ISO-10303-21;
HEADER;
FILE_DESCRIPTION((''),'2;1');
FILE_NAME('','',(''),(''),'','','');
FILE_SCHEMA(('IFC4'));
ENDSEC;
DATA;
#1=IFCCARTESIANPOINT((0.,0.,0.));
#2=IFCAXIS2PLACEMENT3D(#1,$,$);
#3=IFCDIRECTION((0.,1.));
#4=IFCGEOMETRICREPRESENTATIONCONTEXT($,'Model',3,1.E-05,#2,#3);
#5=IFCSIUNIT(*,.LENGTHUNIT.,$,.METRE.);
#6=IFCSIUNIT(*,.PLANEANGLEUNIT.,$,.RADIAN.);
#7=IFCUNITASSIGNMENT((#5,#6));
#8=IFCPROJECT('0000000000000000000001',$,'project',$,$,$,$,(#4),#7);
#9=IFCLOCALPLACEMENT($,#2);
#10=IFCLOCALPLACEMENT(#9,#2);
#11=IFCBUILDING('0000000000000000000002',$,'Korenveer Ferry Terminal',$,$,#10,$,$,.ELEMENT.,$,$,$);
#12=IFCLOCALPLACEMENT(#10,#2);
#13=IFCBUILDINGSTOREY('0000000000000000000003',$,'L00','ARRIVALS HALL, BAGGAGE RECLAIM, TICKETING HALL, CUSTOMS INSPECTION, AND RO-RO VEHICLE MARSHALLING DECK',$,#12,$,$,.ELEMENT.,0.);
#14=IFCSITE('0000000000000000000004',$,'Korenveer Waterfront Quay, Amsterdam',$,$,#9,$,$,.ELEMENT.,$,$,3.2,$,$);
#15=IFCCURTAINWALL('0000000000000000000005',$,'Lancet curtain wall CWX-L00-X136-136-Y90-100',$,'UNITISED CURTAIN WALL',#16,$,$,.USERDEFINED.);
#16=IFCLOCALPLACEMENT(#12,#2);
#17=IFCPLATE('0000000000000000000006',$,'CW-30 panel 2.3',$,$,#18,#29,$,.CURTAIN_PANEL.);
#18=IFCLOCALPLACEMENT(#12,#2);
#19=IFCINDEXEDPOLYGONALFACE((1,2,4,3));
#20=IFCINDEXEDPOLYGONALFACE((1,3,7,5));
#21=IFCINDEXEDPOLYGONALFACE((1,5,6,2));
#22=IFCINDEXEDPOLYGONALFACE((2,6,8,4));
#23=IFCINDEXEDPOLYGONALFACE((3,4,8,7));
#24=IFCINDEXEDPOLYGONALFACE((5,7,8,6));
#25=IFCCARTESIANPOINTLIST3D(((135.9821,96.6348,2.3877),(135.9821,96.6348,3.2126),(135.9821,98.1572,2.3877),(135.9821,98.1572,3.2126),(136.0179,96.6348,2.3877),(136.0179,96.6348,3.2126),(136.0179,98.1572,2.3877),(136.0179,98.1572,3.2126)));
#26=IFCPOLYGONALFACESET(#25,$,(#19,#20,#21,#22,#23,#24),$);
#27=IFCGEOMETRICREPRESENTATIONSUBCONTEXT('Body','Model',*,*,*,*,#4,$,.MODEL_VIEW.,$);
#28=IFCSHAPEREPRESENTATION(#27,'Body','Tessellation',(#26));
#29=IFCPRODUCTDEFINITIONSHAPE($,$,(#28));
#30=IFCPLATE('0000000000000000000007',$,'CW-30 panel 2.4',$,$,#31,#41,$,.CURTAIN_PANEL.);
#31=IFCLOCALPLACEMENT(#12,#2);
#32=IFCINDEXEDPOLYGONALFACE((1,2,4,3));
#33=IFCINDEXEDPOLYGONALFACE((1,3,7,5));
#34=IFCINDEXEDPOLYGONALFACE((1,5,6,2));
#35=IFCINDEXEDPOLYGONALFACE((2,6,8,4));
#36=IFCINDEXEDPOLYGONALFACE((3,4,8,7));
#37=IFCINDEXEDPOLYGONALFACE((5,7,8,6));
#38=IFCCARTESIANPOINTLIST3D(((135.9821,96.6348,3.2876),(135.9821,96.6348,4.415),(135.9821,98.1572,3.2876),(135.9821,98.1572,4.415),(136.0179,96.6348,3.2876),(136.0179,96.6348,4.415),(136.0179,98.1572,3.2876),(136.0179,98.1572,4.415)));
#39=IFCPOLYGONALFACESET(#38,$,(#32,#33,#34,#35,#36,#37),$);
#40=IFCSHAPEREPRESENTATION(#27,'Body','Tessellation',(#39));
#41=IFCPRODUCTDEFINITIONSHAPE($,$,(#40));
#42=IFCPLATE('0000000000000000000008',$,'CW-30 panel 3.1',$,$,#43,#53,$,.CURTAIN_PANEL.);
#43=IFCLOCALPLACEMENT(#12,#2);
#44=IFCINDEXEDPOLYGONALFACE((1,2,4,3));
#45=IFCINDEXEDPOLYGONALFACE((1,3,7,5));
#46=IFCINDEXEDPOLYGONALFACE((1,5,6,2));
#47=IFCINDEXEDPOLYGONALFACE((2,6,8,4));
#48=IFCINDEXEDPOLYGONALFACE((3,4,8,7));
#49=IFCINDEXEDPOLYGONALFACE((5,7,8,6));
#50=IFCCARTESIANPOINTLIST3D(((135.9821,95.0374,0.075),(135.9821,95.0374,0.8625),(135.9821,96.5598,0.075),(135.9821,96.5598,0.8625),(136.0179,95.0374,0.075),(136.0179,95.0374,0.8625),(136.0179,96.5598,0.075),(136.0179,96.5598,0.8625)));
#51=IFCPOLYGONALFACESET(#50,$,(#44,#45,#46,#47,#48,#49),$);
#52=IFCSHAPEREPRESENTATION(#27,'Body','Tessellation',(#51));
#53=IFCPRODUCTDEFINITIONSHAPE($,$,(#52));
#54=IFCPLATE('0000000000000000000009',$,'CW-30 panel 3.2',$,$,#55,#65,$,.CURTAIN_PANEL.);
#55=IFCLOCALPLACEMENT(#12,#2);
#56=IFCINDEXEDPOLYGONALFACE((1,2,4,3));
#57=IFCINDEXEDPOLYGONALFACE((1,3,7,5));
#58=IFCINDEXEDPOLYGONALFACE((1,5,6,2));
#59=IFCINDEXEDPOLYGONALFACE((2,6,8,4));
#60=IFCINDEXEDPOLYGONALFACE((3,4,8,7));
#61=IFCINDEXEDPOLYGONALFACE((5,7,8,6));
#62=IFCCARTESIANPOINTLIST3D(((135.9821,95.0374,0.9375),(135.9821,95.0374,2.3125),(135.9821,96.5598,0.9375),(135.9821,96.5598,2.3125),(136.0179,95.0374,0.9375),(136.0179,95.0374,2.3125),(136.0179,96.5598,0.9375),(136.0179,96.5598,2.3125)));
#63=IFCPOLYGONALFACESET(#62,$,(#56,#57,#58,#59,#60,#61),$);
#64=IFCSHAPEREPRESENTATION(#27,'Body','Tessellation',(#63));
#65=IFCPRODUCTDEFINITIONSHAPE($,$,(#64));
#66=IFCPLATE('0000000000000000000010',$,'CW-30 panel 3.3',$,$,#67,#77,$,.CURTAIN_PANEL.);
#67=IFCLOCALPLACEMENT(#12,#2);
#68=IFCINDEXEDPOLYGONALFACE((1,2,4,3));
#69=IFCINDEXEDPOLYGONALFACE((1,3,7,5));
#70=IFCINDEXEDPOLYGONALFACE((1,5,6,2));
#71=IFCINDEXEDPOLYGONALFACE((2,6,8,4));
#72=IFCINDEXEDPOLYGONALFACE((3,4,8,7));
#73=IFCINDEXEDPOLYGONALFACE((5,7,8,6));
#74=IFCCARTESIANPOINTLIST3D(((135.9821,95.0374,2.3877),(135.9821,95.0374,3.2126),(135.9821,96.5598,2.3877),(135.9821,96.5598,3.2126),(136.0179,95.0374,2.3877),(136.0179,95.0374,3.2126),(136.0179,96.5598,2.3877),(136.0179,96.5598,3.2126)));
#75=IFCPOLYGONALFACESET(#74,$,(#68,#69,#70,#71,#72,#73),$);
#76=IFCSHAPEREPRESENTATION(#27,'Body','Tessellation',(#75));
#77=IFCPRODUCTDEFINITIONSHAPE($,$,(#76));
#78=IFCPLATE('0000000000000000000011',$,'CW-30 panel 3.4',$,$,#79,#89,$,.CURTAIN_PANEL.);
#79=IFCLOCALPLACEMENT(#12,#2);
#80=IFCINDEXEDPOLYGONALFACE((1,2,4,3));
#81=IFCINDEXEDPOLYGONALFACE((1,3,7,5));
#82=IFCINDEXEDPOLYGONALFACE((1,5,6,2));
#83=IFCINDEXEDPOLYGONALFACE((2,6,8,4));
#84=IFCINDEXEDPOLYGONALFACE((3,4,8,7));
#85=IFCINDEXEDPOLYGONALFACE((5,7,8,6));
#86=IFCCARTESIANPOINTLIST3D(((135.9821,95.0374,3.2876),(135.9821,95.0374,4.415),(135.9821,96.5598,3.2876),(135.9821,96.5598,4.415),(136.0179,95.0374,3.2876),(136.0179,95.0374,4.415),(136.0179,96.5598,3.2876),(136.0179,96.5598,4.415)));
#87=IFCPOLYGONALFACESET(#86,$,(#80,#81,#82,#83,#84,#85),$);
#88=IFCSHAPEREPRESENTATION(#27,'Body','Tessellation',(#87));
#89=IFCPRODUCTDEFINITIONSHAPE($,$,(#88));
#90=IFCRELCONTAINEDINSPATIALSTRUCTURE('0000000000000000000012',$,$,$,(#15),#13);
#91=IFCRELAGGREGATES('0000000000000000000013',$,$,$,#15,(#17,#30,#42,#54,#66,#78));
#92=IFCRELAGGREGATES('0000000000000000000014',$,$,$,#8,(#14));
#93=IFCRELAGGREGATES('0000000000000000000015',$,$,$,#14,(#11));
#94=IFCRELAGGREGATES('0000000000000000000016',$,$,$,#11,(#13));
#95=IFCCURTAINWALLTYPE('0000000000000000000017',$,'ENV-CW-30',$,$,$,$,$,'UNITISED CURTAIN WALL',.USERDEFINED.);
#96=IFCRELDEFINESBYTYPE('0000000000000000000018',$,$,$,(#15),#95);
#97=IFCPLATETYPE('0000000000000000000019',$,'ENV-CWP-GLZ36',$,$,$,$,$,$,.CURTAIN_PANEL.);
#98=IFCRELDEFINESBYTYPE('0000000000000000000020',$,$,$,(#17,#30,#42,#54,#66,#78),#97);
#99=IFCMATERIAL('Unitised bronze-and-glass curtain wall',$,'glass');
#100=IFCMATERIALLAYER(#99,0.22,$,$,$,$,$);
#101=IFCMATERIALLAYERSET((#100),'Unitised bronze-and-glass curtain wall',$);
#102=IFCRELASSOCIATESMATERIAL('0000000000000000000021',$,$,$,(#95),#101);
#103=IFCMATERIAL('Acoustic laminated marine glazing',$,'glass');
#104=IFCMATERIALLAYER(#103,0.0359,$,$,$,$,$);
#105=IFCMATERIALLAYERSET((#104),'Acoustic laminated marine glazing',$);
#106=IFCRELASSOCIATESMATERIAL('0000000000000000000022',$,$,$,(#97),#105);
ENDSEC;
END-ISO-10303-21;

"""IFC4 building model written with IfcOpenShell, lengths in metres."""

from ifc_helpers import new_model, si_unit, direction, frame, origin, origin_2d, place, context, subcontext, project, spatial, rectangle, extrude, material, layer, layer_set, type_object, element, aggregate, save


model = new_model("IFC4")

# Units and contexts
model_context = context("Model", 3, precision=1e-05, world=origin(), true_north=direction((0.0, 1.0)))
body_context = subcontext(model_context, "Body", "Model", "MODEL_VIEW")
ifc_project = project(units=[si_unit("LENGTHUNIT", "METRE"), si_unit("PLANEANGLEUNIT", "RADIAN")], contexts=[model_context])

# Site, building, storey
site_placement = place(None, origin())
site = spatial("IfcSite", under=ifc_project, at=site_placement, Name="Korenveer Waterfront Quay, Amsterdam", CompositionType="ELEMENT", RefElevation=3.2)
building_placement = place(site_placement, origin())
building = spatial("IfcBuilding", under=site, at=building_placement, Name="Korenveer Ferry Terminal", CompositionType="ELEMENT")
storey_placement = place(building_placement, origin())
storey = spatial("IfcBuildingStorey", under=building, at=storey_placement, Name="L00", Description="ARRIVALS HALL, BAGGAGE RECLAIM, TICKETING HALL, CUSTOMS INSPECTION, AND RO-RO VEHICLE MARSHALLING DECK", CompositionType="ELEMENT", Elevation=0.0)

# Curtain wall, plates
ifc_material_1 = material(Name="Unitised bronze-and-glass curtain wall", Category="glass")
ifc_layer_1 = layer(ifc_material_1, 0.22)
ifc_layer_set_1 = layer_set([ifc_layer_1], Name="Unitised bronze-and-glass curtain wall")
curtain_wall_type = type_object("IfcCurtainWallType", Name="ENV-CW-30", ElementType="UNITISED CURTAIN WALL", PredefinedType="USERDEFINED", material=ifc_layer_set_1)
curtain_wall_placement = place(storey_placement, frame((136.0, 99.7922, 0.0)))
curtain_wall = element("IfcCurtainWall", 1, at=curtain_wall_placement, inside=storey, type_object=curtain_wall_type, Name="Lancet curtain wall CWX-L00-X136-136-Y90-100", ObjectType="UNITISED CURTAIN WALL", PredefinedType="USERDEFINED")
ifc_material_2 = material(Name="Acoustic laminated marine glazing", Category="glass")
ifc_layer_2 = layer(ifc_material_2, 0.0359)
ifc_layer_set_2 = layer_set([ifc_layer_2], Name="Acoustic laminated marine glazing")
plate_type = type_object("IfcPlateType", Name="ENV-CWP-GLZ36", PredefinedType="CURTAIN_PANEL", material=ifc_layer_set_2)
plate_1_placement = place(storey_placement, frame((136.0, 97.396, 2.3877), z_axis=(0.0, 0.0, 1.0), x_axis=(0.0, -1.0, 0.0)))
plate_1 = element("IfcPlate", 2, at=plate_1_placement, type_object=plate_type, Name="CW-30 panel 2.3", PredefinedType="CURTAIN_PANEL", context=body_context, shape_type="SweptSolid", body=[
    extrude(rectangle(XDim=1.5225, YDim=0.0359, at=origin_2d()), origin(), (0.0, 0.0, 1.0), 0.825),
])
plate_2_placement = place(storey_placement, frame((136.0, 97.396, 3.2876), z_axis=(0.0, 0.0, 1.0), x_axis=(0.0, -1.0, 0.0)))
plate_2 = element("IfcPlate", 3, at=plate_2_placement, type_object=plate_type, Name="CW-30 panel 2.4", PredefinedType="CURTAIN_PANEL", context=body_context, shape_type="SweptSolid", body=[
    extrude(rectangle(XDim=1.5225, YDim=0.0359, at=origin_2d()), origin(), (0.0, 0.0, 1.0), 1.1274),
])
plate_3_placement = place(storey_placement, frame((136.0, 95.7986, 0.075), z_axis=(0.0, 0.0, 1.0), x_axis=(0.0, -1.0, 0.0)))
plate_3 = element("IfcPlate", 4, at=plate_3_placement, type_object=plate_type, Name="CW-30 panel 3.1", PredefinedType="CURTAIN_PANEL", context=body_context, shape_type="SweptSolid", body=[
    extrude(rectangle(XDim=1.5225, YDim=0.0359, at=origin_2d()), origin(), (0.0, 0.0, 1.0), 0.7876),
])
plate_4_placement = place(storey_placement, frame((136.0, 95.7986, 0.9375), z_axis=(0.0, 0.0, 1.0), x_axis=(0.0, -1.0, 0.0)))
plate_4 = element("IfcPlate", 5, at=plate_4_placement, type_object=plate_type, Name="CW-30 panel 3.2", PredefinedType="CURTAIN_PANEL", context=body_context, shape_type="SweptSolid", body=[
    extrude(rectangle(XDim=1.5225, YDim=0.0359, at=origin_2d()), origin(), (0.0, 0.0, 1.0), 1.375),
])
plate_5_placement = place(storey_placement, frame((136.0, 95.7986, 2.3877), z_axis=(0.0, 0.0, 1.0), x_axis=(0.0, -1.0, 0.0)))
plate_5 = element("IfcPlate", 6, at=plate_5_placement, type_object=plate_type, Name="CW-30 panel 3.3", PredefinedType="CURTAIN_PANEL", context=body_context, shape_type="SweptSolid", body=[
    extrude(rectangle(XDim=1.5225, YDim=0.0359, at=origin_2d()), origin(), (0.0, 0.0, 1.0), 0.825),
])
plate_6_placement = place(storey_placement, frame((136.0, 95.7986, 3.2876), z_axis=(0.0, 0.0, 1.0), x_axis=(0.0, -1.0, 0.0)))
plate_6 = element("IfcPlate", 7, at=plate_6_placement, type_object=plate_type, Name="CW-30 panel 3.4", PredefinedType="CURTAIN_PANEL", context=body_context, shape_type="SweptSolid", body=[
    extrude(rectangle(XDim=1.5225, YDim=0.0359, at=origin_2d()), origin(), (0.0, 0.0, 1.0), 1.1274),
])
aggregate(curtain_wall, [plate_1, plate_2, plate_3, plate_4, plate_5, plate_6])

save(model, "model.ifc")
